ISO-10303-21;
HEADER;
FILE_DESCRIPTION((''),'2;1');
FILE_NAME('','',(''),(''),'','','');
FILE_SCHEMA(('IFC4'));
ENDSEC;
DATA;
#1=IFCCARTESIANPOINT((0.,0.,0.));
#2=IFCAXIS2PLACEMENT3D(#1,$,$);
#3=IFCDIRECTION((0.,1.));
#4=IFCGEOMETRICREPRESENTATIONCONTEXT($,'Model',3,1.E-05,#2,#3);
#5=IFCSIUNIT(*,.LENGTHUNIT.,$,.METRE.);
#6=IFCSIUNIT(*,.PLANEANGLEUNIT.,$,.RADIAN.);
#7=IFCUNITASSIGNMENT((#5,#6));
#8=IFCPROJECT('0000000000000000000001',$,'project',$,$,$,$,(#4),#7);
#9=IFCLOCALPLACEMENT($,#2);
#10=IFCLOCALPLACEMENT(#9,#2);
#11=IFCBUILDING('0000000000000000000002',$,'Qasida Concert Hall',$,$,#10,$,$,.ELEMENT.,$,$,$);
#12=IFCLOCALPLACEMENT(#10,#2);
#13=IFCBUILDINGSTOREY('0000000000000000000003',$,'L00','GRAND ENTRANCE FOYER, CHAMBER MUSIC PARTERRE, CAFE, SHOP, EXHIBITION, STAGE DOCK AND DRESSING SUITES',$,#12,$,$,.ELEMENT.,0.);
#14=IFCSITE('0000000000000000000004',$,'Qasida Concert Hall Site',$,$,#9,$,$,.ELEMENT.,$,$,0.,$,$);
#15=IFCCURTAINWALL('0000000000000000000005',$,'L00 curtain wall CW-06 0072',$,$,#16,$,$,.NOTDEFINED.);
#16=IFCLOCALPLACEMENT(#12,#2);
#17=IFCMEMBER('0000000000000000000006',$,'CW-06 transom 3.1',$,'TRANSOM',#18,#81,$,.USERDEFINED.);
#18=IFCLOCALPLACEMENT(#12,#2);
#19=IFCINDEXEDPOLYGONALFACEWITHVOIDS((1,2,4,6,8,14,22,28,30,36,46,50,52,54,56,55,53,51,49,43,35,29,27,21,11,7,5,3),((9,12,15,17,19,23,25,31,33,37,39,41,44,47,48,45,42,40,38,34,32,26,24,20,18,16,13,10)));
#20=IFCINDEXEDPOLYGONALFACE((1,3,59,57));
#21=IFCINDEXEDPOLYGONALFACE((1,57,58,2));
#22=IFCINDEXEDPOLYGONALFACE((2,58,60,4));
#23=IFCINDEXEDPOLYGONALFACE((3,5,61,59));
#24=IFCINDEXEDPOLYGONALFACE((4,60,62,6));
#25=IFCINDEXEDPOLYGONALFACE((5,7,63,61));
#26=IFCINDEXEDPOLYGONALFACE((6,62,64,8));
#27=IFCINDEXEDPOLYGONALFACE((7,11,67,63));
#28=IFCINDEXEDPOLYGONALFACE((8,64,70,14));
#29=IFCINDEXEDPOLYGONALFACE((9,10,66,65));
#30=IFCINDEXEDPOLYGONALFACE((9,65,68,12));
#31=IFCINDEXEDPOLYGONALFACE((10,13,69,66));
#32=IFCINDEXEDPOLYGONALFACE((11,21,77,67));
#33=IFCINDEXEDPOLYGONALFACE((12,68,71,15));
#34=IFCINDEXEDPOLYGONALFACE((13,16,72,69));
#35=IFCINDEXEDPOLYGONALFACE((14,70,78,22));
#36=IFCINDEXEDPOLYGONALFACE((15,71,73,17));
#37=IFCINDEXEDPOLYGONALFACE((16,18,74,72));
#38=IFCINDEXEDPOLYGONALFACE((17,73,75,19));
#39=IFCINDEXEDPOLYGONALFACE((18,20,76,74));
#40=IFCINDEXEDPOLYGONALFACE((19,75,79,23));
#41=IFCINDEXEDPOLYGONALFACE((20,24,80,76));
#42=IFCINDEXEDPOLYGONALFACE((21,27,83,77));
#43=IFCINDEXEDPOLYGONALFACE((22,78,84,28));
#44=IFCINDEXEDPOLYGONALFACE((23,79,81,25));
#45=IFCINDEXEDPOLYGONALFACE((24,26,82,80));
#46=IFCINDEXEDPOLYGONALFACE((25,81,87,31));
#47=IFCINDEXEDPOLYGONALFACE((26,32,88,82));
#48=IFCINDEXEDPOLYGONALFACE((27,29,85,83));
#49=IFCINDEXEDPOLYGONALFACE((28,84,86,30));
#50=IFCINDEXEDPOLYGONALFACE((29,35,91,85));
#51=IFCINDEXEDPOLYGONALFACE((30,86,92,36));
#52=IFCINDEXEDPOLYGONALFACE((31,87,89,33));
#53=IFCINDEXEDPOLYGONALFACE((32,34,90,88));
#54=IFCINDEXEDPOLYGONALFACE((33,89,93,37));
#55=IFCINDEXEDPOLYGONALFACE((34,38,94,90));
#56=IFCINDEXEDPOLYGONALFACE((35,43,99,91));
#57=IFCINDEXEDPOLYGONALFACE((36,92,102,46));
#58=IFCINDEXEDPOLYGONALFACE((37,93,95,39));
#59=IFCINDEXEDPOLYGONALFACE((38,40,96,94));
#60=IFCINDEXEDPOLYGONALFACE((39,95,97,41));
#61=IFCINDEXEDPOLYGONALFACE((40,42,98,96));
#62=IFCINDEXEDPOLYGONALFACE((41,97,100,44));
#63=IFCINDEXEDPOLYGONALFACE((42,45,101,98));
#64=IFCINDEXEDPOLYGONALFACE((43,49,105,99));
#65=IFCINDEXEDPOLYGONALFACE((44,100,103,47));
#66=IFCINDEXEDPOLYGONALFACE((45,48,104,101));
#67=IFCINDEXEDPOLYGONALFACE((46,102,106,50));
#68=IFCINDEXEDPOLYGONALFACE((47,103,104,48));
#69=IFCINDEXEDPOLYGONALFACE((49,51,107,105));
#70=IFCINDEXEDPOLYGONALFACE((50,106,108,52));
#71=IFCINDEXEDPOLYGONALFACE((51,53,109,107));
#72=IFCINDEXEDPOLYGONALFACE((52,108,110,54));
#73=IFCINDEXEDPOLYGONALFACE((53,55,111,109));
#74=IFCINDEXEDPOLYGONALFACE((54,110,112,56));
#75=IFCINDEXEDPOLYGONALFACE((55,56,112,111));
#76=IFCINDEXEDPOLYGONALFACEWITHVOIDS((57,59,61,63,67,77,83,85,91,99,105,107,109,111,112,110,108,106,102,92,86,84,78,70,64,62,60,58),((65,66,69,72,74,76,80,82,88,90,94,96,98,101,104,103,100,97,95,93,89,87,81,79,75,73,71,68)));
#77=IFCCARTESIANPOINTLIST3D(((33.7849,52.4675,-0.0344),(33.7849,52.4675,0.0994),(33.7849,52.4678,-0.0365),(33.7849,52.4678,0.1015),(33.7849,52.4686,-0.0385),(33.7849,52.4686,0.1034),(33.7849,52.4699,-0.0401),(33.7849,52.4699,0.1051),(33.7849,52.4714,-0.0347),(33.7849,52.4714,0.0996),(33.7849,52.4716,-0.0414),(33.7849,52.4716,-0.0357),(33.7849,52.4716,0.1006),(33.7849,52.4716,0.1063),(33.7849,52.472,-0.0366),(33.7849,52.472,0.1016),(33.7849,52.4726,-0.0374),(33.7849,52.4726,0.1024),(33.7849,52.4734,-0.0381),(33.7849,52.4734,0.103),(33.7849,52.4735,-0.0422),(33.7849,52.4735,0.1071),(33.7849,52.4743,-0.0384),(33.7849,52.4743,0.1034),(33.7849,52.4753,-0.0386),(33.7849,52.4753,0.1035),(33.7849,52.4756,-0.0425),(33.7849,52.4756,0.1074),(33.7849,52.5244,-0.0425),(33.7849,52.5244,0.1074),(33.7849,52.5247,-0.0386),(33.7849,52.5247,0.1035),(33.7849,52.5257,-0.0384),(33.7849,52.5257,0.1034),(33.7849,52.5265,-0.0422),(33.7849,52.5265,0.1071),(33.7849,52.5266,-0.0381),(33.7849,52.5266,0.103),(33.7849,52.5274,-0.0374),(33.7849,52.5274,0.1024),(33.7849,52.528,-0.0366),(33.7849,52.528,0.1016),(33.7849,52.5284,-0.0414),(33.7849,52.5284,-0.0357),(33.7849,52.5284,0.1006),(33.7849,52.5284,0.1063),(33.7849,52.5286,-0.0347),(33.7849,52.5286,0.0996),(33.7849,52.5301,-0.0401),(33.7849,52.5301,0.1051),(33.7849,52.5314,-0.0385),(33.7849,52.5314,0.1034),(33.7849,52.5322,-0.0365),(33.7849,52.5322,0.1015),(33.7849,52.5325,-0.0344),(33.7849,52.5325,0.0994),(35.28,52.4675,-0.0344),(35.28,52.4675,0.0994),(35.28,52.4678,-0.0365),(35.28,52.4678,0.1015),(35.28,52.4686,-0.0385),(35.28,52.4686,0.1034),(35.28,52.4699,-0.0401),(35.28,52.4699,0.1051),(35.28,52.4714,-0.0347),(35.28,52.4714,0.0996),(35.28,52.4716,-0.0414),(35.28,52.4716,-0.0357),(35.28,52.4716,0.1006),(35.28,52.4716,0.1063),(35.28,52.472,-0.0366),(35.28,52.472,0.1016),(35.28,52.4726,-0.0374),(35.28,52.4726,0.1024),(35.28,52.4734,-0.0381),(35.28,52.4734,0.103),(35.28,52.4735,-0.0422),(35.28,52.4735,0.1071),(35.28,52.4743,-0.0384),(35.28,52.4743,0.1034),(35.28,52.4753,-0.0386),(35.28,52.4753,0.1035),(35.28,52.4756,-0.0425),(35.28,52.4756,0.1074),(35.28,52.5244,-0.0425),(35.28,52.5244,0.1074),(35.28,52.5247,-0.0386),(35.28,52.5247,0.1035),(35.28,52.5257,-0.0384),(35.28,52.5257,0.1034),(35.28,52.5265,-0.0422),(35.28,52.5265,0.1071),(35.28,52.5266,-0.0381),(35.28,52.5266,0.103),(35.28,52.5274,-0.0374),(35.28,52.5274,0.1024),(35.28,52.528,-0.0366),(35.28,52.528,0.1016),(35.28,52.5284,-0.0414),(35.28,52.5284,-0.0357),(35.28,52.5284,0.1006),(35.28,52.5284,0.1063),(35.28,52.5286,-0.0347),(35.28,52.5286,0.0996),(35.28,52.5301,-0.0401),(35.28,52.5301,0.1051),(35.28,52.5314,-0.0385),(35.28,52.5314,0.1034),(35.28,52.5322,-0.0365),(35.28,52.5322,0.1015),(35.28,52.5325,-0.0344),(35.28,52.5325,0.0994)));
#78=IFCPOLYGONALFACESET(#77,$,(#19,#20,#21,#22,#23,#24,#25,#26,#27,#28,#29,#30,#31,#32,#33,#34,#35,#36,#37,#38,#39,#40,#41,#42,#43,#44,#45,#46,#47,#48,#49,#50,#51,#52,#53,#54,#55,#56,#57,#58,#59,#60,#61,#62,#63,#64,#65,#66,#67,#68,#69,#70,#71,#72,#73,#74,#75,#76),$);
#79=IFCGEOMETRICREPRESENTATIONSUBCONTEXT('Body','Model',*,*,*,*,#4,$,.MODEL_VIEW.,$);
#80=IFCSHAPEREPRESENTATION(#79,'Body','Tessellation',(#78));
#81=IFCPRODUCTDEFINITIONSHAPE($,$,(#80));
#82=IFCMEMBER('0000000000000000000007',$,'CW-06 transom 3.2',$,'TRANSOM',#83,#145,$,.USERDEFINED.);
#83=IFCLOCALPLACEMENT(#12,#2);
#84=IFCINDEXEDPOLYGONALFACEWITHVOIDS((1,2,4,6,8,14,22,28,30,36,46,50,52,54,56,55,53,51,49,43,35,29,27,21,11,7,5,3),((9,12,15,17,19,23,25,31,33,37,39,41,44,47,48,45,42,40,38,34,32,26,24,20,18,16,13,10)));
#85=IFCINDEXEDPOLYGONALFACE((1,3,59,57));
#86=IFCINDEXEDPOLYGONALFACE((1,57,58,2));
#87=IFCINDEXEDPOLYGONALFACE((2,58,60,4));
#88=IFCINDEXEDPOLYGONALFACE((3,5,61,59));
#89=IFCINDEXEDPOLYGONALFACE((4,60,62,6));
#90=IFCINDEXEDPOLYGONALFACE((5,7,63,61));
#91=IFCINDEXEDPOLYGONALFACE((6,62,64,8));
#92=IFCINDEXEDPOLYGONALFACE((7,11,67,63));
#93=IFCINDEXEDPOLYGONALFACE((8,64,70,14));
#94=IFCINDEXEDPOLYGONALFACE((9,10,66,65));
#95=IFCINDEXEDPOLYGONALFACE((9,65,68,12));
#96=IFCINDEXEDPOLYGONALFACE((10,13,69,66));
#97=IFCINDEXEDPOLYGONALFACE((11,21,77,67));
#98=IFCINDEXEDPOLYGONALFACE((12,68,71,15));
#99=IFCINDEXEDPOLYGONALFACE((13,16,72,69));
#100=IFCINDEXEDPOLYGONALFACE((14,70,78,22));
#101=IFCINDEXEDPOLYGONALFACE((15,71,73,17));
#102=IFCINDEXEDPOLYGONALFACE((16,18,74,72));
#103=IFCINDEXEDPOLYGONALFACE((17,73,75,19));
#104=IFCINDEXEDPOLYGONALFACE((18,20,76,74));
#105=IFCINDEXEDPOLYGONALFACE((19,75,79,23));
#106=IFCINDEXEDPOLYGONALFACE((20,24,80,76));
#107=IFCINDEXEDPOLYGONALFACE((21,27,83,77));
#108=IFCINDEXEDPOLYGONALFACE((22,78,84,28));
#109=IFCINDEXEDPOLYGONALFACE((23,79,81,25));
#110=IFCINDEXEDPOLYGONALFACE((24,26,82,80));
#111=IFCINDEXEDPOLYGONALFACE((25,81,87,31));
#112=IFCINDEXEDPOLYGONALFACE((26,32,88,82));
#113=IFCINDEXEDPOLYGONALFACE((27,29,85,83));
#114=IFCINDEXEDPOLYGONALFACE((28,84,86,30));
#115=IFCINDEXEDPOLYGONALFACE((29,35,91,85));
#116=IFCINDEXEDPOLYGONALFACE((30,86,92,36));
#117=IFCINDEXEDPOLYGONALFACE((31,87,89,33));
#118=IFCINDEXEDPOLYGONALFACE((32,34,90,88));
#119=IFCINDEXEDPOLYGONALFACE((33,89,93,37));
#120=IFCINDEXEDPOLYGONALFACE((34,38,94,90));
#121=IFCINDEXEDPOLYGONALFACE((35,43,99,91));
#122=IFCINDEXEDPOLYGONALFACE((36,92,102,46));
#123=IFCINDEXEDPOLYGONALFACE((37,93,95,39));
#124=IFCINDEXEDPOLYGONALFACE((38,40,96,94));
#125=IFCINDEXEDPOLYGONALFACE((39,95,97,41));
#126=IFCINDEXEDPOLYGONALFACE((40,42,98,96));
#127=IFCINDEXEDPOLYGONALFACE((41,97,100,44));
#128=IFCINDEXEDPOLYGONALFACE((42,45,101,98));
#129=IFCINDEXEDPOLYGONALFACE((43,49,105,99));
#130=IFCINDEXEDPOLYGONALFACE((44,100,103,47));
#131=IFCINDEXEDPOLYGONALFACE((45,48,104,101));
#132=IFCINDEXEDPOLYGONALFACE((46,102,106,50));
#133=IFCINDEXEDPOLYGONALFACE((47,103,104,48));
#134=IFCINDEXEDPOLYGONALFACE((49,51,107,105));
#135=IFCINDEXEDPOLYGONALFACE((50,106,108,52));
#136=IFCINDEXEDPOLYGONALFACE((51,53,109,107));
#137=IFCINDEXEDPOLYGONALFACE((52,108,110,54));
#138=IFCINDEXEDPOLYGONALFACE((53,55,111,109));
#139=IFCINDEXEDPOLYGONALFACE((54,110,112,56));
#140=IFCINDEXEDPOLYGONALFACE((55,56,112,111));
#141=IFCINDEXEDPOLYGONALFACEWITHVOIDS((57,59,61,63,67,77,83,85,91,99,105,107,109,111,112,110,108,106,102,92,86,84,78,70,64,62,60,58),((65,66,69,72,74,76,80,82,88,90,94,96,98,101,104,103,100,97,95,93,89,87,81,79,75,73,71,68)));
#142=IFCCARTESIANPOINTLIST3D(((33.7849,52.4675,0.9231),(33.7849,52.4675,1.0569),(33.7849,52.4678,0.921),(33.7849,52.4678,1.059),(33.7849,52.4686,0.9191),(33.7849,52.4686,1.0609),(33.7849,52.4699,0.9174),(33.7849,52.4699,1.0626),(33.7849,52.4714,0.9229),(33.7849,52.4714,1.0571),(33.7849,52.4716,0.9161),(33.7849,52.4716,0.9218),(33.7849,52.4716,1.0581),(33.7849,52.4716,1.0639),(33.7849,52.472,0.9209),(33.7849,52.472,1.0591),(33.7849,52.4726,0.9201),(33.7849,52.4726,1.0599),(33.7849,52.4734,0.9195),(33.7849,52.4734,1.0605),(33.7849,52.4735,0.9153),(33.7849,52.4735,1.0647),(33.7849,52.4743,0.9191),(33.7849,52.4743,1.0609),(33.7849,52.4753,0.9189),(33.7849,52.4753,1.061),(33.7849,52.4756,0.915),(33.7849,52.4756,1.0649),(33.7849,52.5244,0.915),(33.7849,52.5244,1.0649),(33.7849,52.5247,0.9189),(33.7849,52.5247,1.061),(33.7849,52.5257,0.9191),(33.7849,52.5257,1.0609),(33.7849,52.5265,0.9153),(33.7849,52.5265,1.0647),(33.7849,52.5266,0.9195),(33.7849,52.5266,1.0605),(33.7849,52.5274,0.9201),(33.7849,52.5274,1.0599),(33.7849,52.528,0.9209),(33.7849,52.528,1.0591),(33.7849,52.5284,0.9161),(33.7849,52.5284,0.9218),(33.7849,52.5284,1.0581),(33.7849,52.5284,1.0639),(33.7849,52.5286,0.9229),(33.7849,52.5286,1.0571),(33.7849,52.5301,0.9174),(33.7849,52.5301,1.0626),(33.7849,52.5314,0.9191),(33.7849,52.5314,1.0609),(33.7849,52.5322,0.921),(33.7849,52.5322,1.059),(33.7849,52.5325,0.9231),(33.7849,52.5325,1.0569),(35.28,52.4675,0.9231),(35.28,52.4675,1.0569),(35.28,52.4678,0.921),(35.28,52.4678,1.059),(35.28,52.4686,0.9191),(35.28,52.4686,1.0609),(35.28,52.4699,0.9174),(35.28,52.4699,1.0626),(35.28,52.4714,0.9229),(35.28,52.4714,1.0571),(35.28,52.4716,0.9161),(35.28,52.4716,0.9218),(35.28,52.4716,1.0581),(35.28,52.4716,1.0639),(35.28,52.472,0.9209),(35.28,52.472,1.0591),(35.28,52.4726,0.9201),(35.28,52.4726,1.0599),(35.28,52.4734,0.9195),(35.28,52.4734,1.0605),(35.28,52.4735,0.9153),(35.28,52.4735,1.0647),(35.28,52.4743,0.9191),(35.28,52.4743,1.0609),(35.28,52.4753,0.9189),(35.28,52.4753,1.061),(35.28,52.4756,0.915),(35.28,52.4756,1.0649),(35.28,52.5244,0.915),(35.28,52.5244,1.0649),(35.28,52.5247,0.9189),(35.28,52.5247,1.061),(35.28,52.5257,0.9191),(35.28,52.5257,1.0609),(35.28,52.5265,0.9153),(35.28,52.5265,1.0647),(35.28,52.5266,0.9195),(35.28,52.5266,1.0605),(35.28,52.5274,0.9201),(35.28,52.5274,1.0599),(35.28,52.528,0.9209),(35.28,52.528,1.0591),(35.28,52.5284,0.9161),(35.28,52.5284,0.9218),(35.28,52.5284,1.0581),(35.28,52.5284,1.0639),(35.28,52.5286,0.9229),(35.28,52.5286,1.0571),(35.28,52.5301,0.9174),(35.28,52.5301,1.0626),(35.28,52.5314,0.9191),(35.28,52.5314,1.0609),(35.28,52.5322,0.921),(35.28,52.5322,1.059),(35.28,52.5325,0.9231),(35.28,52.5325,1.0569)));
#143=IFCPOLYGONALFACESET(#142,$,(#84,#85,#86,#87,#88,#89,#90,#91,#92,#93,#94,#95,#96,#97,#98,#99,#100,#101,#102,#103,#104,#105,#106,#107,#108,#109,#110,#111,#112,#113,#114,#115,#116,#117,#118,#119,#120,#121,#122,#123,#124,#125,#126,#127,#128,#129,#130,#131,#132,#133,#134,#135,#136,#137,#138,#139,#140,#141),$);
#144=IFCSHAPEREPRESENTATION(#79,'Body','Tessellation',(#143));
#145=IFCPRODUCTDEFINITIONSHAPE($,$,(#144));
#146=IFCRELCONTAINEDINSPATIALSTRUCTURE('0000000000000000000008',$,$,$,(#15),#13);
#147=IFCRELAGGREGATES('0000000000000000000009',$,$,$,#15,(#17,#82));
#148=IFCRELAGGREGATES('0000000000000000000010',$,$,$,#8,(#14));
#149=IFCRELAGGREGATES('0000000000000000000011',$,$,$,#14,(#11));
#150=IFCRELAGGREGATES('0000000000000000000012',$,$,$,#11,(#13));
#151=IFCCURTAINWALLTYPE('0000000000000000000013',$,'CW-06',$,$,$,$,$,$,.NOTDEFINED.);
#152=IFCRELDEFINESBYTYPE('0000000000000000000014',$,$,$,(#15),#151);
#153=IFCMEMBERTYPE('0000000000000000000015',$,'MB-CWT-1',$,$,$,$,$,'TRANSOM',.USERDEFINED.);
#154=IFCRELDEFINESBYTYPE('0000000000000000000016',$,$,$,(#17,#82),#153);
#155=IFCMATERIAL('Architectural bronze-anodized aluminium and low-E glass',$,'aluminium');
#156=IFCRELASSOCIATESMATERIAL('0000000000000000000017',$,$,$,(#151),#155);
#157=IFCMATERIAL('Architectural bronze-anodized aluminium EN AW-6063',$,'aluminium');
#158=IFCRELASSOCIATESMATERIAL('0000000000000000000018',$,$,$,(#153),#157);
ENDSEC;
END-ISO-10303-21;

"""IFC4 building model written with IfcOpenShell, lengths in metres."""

from ifc_helpers import new_model, si_unit, direction, frame, origin, origin_2d, place, context, subcontext, project, spatial, hollow_rectangle, extrude, material, material_profile, profile_set, type_object, element, aggregate, save


model = new_model("IFC4")

# Units and contexts
model_context = context("Model", 3, precision=1e-05, world=origin(), true_north=direction((0.0, 1.0)))
body_context = subcontext(model_context, "Body", "Model", "MODEL_VIEW")
ifc_project = project(units=[si_unit("LENGTHUNIT", "METRE"), si_unit("PLANEANGLEUNIT", "RADIAN")], contexts=[model_context])

# Site, building, storey
site_placement = place(None, origin())
site = spatial("IfcSite", under=ifc_project, at=site_placement, Name="Qasida Concert Hall Site", CompositionType="ELEMENT", RefElevation=0.0)
building_placement = place(site_placement, origin())
building = spatial("IfcBuilding", under=site, at=building_placement, Name="Qasida Concert Hall", CompositionType="ELEMENT")
storey_placement = place(building_placement, origin())
storey = spatial("IfcBuildingStorey", under=building, at=storey_placement, Name="L00", Description="GRAND ENTRANCE FOYER, CHAMBER MUSIC PARTERRE, CAFE, SHOP, EXHIBITION, STAGE DOCK AND DRESSING SUITES", CompositionType="ELEMENT", Elevation=0.0)

# Curtain wall
ifc_material_1 = material(Name="Architectural bronze-anodized aluminium and low-E glass", Category="aluminium")
curtain_wall_type_1 = type_object("IfcCurtainWallType", Name="CW-06", PredefinedType="NOTDEFINED", material=ifc_material_1)
curtain_wall_1_placement = place(storey_placement, origin())
curtain_wall_1 = element("IfcCurtainWall", 1, at=curtain_wall_1_placement, inside=storey, type_object=curtain_wall_type_1, Name="L00 curtain wall CW-06 0072", PredefinedType="NOTDEFINED")
ifc_material_2 = material(Name="Architectural bronze-anodized aluminium EN AW-6063", Category="aluminium")

# Members
ifc_material_profile_1 = material_profile(ifc_material_2, hollow_rectangle(XDim=0.0649, YDim=0.1499, WallThickness=0.0039, InnerFilletRadius=0.0039, OuterFilletRadius=0.0081, at=origin_2d()), Name="CWT 150x65x4")
ifc_profile_set_1 = profile_set([ifc_material_profile_1], Name="Architectural bronze-anodized aluminium EN AW-6063")
member_type_1 = type_object("IfcMemberType", Name="MB-CWT-1", ElementType="TRANSOM", PredefinedType="USERDEFINED", material=ifc_profile_set_1)
member_1_placement = place(storey_placement, frame((33.7849, 52.5, 0.0325), z_axis=(1.0, 0.0, 0.0), x_axis=(0.0, 1.0, 0.0)))
member_1 = element("IfcMember", 2, at=member_1_placement, type_object=member_type_1, Name="CW-06 transom 3.1", ObjectType="TRANSOM", PredefinedType="USERDEFINED", context=body_context, shape_type="SweptSolid", body=[
    extrude(hollow_rectangle(XDim=0.0649, YDim=0.1499, WallThickness=0.0039, InnerFilletRadius=0.0039, OuterFilletRadius=0.0081, at=origin_2d()), origin(), (0.0, 0.0, 1.0), 1.4951),
])
member_2_placement = place(storey_placement, frame((33.7849, 52.5, 0.99), z_axis=(1.0, 0.0, 0.0), x_axis=(0.0, 1.0, 0.0)))
member_2 = element("IfcMember", 3, at=member_2_placement, type_object=member_type_1, Name="CW-06 transom 3.2", ObjectType="TRANSOM", PredefinedType="USERDEFINED", context=body_context, shape_type="SweptSolid", body=[
    extrude(hollow_rectangle(XDim=0.0649, YDim=0.1499, WallThickness=0.0039, InnerFilletRadius=0.0039, OuterFilletRadius=0.0081, at=origin_2d()), origin(), (0.0, 0.0, 1.0), 1.4951),
])

aggregate(curtain_wall_1, [member_1, member_2])

save(model, "model.ifc")
